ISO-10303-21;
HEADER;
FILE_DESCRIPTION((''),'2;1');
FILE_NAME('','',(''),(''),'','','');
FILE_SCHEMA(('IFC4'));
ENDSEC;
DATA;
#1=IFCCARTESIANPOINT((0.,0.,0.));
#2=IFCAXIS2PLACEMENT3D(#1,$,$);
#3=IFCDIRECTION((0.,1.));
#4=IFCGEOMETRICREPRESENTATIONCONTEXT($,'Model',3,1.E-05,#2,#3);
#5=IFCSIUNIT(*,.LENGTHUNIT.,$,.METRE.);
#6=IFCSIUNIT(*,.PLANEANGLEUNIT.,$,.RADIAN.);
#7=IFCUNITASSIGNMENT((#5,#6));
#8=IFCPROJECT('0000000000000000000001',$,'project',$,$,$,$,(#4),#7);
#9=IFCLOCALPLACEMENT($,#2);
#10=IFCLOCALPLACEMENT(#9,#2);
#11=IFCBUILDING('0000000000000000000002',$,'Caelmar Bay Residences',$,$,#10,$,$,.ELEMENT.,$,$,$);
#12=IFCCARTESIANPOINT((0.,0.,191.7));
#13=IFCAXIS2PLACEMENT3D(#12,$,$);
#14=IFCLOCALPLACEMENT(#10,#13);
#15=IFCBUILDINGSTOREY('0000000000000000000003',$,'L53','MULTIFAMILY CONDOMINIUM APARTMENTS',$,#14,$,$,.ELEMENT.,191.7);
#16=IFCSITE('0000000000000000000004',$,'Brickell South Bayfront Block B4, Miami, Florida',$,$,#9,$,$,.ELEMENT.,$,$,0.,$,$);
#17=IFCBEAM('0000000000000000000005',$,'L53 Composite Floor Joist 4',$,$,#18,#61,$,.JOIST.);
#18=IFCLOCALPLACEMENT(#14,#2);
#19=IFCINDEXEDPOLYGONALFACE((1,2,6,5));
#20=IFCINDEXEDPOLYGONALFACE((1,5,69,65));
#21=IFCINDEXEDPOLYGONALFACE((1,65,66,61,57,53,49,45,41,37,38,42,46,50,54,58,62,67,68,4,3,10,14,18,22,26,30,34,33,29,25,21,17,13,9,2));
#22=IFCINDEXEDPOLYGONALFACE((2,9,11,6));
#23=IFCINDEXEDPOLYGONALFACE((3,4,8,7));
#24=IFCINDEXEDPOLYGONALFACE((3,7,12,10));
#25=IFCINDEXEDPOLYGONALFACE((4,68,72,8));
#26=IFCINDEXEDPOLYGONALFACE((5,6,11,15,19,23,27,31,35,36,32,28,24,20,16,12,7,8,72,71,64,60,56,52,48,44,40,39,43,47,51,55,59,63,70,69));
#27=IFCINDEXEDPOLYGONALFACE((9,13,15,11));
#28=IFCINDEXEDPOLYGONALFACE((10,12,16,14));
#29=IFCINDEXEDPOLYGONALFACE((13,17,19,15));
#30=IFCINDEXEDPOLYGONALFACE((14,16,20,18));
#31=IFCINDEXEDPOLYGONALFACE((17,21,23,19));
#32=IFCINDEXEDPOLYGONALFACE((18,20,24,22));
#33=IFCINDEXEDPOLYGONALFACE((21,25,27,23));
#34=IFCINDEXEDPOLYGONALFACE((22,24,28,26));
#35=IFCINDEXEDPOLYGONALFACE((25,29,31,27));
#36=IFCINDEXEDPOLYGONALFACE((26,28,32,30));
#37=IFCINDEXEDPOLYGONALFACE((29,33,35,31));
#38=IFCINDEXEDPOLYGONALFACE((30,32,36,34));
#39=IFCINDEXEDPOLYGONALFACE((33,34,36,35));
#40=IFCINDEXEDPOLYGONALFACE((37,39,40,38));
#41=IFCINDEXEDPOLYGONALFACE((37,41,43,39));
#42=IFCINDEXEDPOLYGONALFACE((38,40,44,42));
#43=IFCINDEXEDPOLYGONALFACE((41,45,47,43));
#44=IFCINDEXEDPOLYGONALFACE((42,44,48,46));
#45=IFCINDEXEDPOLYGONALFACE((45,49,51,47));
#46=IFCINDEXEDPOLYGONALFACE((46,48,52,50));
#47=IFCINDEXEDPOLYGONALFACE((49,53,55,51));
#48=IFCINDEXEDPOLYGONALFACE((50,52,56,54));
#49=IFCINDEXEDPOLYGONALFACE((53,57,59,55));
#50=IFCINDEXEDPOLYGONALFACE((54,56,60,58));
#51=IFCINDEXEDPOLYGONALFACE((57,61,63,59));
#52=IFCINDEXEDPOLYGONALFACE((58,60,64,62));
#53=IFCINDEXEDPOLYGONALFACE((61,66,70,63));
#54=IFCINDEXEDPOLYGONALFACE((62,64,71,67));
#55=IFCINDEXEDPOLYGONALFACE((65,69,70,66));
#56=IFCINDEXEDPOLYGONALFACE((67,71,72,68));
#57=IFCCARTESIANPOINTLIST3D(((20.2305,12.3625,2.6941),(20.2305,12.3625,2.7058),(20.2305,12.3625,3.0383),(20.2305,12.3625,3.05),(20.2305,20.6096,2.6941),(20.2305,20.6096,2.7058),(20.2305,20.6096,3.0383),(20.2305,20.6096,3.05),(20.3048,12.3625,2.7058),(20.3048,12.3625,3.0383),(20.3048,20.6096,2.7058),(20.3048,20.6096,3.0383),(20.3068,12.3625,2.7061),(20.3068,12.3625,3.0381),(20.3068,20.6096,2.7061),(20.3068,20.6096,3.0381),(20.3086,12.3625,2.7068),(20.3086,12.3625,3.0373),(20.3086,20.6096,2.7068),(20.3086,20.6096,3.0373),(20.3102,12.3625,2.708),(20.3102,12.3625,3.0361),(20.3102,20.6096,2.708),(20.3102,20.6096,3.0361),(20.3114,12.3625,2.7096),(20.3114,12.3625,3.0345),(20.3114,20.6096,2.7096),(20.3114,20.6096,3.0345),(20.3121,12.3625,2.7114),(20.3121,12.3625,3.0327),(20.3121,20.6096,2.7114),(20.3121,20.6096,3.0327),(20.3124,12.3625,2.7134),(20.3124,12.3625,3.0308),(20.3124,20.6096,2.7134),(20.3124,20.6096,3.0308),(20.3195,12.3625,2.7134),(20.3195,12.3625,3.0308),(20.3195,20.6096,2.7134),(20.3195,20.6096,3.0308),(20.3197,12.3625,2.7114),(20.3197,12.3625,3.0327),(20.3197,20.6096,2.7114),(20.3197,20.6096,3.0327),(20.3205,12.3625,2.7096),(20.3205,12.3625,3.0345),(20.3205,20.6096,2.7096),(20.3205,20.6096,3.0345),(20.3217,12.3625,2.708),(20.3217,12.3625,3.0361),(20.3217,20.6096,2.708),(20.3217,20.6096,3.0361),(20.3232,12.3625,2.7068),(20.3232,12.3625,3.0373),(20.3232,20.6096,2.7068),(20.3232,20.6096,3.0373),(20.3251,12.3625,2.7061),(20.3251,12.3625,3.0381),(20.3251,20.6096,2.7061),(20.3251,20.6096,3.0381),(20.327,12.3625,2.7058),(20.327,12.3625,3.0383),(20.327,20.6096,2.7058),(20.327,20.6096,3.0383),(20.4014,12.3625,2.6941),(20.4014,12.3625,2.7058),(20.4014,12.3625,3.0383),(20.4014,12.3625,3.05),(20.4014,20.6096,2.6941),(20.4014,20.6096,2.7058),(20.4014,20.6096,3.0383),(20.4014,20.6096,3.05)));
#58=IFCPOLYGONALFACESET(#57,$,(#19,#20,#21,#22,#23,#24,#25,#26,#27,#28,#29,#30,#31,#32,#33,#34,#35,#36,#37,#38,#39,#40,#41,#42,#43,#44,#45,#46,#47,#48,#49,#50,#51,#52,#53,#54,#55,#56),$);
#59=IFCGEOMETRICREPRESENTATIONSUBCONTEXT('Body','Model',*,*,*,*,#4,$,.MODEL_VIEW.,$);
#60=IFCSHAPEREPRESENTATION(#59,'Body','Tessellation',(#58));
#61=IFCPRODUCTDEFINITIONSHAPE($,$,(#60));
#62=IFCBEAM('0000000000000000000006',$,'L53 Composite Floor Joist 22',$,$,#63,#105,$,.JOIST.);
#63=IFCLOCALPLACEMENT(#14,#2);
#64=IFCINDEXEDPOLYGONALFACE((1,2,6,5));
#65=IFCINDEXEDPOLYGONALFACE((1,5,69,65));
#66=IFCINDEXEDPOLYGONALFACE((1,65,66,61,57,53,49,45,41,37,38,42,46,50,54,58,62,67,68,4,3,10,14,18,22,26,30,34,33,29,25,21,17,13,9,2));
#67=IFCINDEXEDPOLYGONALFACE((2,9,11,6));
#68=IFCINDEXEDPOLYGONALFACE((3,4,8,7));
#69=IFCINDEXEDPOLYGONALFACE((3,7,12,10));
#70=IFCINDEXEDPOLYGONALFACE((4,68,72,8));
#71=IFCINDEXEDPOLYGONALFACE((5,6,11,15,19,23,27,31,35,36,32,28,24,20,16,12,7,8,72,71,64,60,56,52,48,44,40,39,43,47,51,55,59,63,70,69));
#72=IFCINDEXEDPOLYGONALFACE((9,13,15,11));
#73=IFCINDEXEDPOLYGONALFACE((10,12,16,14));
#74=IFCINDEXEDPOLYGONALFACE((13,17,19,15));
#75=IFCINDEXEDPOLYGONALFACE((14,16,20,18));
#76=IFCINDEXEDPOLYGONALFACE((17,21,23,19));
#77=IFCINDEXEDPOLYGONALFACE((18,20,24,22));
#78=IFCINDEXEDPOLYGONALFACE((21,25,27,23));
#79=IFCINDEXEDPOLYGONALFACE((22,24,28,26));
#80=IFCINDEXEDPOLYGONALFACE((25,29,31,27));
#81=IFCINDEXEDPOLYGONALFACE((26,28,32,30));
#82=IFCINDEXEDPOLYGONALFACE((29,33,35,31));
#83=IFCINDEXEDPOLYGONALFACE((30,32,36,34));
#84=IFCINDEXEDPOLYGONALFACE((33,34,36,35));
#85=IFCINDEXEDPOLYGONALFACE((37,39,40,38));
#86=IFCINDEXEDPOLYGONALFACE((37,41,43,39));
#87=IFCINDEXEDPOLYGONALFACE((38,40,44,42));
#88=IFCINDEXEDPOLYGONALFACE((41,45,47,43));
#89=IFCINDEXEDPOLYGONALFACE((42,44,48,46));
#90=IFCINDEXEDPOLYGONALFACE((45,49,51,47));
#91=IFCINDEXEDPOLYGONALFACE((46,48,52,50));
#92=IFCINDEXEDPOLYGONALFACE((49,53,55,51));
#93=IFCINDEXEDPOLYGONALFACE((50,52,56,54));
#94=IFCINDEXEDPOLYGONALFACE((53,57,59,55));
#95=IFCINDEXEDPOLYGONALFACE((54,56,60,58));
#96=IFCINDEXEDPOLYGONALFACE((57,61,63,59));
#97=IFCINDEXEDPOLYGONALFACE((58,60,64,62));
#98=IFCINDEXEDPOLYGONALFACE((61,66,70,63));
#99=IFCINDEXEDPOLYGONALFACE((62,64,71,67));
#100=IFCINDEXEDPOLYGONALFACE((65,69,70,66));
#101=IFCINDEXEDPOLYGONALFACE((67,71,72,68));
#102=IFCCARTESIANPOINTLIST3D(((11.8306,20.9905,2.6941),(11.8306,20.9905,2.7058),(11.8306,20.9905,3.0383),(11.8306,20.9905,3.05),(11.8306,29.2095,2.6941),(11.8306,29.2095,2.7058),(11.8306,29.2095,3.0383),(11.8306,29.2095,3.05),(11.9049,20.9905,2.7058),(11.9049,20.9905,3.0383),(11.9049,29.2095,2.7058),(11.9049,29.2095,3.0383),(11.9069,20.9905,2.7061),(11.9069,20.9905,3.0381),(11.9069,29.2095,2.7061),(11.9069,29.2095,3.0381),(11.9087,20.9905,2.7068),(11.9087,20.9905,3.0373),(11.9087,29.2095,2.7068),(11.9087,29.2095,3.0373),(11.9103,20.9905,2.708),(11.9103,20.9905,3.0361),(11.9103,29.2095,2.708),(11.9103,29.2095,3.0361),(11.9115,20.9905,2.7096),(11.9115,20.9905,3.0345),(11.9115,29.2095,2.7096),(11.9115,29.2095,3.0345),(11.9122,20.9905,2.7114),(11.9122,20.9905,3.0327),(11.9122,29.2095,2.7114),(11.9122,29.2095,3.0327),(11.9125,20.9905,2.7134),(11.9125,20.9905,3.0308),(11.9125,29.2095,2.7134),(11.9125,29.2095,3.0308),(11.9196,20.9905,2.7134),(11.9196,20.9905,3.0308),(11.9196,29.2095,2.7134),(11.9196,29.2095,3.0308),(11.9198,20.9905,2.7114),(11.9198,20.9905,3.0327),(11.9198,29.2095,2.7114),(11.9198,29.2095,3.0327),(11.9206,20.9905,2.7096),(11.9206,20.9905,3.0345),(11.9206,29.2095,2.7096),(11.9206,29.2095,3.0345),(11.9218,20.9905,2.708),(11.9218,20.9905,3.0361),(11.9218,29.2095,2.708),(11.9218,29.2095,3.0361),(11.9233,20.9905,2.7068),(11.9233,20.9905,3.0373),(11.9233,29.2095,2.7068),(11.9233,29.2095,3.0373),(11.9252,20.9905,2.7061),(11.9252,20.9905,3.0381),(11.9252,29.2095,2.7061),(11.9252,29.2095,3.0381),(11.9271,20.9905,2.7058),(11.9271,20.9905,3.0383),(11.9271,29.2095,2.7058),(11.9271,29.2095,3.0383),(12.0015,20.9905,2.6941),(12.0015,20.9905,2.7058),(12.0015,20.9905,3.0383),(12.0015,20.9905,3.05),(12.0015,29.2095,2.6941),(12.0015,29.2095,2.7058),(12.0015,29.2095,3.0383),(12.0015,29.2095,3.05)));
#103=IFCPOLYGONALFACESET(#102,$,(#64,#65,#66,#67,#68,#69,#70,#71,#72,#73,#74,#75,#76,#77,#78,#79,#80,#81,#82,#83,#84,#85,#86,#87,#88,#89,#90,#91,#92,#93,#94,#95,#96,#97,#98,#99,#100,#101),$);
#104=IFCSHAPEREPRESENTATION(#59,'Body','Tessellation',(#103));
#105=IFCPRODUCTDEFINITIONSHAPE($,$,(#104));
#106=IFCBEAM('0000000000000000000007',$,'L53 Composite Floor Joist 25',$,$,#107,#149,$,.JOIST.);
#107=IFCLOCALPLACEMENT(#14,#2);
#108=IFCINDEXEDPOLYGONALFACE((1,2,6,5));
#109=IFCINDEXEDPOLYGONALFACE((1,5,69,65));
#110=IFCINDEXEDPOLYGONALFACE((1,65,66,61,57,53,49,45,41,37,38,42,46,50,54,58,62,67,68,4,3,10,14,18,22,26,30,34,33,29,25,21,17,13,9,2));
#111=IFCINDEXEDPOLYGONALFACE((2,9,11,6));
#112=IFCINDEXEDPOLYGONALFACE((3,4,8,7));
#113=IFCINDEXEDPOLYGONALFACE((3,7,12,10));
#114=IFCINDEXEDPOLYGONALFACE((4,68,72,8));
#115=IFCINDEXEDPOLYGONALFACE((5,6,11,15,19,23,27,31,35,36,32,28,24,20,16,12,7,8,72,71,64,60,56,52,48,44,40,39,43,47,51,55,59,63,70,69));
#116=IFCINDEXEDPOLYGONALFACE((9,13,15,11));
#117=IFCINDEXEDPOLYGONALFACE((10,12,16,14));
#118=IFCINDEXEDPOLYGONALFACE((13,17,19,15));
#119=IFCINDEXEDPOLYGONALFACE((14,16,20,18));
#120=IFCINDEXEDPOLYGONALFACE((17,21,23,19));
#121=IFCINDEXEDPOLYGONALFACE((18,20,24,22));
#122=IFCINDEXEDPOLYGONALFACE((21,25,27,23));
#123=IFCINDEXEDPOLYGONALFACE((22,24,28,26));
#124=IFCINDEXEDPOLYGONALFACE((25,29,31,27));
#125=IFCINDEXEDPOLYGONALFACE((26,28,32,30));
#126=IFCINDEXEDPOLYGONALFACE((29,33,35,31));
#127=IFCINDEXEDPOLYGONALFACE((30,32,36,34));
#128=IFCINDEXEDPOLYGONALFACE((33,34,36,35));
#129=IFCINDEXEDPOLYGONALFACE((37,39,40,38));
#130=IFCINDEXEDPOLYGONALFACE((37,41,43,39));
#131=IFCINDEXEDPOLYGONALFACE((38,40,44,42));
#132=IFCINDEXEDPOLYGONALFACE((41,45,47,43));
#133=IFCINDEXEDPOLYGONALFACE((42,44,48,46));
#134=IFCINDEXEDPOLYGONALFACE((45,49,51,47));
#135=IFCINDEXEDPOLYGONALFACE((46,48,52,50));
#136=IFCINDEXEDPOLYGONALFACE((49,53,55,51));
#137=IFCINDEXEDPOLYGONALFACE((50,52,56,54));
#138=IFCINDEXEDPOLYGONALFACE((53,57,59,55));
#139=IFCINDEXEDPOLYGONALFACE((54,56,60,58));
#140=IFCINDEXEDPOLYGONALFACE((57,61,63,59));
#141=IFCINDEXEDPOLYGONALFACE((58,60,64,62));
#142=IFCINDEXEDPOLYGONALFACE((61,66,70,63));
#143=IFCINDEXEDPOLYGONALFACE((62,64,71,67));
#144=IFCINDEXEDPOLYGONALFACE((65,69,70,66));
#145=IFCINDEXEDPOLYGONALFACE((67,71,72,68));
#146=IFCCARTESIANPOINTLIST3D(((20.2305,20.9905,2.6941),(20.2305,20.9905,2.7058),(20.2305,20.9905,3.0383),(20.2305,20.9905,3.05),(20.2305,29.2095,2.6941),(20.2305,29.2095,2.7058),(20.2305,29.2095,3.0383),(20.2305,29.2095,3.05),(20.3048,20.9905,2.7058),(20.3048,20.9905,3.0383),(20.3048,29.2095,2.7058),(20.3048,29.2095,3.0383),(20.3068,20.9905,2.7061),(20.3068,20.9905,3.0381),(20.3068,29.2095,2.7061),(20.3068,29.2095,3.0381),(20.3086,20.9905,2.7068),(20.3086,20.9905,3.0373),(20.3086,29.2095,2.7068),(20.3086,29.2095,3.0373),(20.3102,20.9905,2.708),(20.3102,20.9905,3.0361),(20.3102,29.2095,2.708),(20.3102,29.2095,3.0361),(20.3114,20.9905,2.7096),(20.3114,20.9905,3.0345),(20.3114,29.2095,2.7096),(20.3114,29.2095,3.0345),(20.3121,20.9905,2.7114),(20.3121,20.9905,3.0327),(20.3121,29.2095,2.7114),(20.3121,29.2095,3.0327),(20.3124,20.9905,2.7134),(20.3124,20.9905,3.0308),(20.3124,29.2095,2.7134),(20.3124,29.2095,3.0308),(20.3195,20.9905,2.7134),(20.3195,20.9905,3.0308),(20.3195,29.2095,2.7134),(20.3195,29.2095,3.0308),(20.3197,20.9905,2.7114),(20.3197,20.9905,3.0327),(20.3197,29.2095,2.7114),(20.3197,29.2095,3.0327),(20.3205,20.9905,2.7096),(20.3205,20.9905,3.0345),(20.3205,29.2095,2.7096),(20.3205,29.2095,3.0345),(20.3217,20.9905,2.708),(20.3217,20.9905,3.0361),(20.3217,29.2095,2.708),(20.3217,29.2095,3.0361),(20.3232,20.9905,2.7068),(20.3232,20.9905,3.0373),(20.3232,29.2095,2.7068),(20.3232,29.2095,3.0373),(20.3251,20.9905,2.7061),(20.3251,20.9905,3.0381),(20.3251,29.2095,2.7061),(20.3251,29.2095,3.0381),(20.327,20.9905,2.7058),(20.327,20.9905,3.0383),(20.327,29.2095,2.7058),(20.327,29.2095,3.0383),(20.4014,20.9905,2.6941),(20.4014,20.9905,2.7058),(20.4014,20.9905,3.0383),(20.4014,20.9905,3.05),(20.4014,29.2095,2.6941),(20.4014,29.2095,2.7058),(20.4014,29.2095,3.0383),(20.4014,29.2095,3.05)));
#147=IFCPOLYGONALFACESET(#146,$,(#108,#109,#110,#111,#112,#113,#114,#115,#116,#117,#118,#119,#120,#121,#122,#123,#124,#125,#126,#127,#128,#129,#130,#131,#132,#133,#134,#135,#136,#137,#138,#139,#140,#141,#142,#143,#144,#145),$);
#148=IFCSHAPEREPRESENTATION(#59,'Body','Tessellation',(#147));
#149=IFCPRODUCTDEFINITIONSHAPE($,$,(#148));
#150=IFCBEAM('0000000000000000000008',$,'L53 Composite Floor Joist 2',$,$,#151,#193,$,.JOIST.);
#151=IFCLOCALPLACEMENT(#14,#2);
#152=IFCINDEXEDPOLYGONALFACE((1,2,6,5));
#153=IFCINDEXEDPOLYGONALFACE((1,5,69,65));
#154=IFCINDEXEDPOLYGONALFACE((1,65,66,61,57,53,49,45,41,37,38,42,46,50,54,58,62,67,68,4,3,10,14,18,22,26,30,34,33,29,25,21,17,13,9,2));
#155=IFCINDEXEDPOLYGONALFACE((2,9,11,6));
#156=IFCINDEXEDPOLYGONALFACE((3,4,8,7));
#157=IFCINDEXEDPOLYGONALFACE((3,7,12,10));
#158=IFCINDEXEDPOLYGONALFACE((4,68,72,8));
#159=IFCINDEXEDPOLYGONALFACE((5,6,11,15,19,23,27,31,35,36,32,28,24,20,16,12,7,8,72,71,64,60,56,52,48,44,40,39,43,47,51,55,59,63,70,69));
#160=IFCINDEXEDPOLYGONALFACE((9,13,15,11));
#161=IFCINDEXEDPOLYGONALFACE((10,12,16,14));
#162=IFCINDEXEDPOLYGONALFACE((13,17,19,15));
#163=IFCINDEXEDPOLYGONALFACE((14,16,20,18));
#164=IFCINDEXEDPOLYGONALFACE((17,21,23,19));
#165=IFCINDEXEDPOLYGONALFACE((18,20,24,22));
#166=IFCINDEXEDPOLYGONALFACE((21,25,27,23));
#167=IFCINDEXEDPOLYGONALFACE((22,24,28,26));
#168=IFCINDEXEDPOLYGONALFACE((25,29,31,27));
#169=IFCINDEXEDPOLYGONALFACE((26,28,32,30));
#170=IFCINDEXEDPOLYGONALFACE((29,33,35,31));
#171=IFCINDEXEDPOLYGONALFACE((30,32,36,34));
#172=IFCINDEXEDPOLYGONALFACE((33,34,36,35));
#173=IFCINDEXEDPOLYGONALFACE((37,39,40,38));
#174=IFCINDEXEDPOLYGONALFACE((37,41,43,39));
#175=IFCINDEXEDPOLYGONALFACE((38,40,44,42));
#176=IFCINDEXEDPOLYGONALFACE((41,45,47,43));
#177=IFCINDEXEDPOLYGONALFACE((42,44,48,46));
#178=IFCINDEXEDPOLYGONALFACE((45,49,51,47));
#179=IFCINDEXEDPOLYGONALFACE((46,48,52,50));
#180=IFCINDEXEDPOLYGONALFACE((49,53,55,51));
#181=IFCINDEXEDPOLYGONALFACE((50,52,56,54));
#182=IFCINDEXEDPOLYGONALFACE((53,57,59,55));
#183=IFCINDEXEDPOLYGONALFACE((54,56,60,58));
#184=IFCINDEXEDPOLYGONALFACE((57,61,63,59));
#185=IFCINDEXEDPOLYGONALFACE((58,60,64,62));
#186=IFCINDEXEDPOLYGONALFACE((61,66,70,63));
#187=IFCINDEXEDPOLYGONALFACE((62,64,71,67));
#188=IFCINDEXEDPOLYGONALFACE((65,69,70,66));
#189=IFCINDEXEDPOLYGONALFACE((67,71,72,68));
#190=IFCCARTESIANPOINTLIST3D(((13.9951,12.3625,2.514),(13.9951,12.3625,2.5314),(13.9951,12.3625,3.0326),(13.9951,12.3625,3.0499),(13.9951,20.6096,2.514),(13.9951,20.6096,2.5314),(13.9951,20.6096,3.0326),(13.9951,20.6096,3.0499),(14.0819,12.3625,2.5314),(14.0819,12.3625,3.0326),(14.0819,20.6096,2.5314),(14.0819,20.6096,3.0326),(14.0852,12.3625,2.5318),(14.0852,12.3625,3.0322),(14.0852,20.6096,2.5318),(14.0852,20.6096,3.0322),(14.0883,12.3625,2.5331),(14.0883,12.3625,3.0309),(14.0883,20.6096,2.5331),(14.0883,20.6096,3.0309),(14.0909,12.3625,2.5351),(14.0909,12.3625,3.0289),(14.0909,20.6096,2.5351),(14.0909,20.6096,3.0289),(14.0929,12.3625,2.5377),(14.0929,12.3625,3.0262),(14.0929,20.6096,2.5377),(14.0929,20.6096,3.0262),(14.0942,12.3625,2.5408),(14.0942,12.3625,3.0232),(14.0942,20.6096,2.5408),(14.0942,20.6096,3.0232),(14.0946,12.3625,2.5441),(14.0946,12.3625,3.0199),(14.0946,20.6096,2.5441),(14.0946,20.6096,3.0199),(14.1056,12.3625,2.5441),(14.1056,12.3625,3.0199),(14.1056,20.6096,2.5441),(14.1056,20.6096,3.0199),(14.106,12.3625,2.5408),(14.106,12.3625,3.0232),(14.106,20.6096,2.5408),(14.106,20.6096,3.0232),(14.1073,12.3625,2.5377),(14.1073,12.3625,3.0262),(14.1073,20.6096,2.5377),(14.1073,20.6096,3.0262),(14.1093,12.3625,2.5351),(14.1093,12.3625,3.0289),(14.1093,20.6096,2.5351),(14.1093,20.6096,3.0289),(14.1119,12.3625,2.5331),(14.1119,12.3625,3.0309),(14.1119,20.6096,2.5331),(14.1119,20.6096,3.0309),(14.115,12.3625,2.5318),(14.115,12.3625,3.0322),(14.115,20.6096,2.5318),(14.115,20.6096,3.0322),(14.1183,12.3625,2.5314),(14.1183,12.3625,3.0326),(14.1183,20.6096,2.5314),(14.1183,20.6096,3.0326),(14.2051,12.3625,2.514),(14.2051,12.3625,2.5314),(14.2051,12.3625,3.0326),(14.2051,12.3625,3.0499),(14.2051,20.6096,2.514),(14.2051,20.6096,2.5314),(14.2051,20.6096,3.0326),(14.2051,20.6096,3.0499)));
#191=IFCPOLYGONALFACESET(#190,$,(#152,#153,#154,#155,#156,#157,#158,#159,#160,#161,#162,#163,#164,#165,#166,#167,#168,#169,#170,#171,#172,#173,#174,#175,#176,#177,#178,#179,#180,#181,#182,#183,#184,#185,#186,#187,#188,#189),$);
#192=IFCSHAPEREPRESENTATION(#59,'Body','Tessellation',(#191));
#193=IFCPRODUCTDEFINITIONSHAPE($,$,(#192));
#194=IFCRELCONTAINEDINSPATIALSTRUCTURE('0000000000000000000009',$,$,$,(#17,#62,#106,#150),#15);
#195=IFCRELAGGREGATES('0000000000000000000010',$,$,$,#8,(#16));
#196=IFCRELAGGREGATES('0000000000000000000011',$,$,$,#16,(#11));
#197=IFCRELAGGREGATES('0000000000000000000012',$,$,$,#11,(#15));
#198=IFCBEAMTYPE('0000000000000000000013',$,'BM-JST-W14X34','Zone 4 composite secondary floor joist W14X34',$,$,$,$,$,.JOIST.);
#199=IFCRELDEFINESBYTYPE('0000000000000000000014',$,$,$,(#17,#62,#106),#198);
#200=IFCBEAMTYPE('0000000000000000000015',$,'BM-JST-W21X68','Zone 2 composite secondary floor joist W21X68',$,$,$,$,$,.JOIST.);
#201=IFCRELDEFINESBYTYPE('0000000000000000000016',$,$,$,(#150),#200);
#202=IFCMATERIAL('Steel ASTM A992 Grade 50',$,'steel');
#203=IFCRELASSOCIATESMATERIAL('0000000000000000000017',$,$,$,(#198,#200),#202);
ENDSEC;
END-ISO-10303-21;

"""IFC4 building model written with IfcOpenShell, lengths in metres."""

from ifc_helpers import new_model, si_unit, direction, frame, origin, origin_2d, place, context, subcontext, project, spatial, i_section, extrude, material, material_profile, profile_set, type_object, element, save


model = new_model("IFC4")

# Units and contexts
model_context = context("Model", 3, precision=1e-05, world=origin(), true_north=direction((0.0, 1.0)))
body_context = subcontext(model_context, "Body", "Model", "MODEL_VIEW")
ifc_project = project(units=[si_unit("LENGTHUNIT", "METRE"), si_unit("PLANEANGLEUNIT", "RADIAN")], contexts=[model_context])

# Site, building, storey
site_placement = place(None, origin())
site = spatial("IfcSite", under=ifc_project, at=site_placement, Name="Brickell South Bayfront Block B4, Miami, Florida", CompositionType="ELEMENT", RefElevation=0.0)
building_placement = place(site_placement, origin())
building = spatial("IfcBuilding", under=site, at=building_placement, Name="Caelmar Bay Residences", CompositionType="ELEMENT")
storey_placement = place(building_placement, frame((0.0, 0.0, 191.7)))
storey = spatial("IfcBuildingStorey", under=building, at=storey_placement, Name="L53", Description="MULTIFAMILY CONDOMINIUM APARTMENTS", CompositionType="ELEMENT", Elevation=191.7)

# Beams
ifc_material_1 = material(Name="Steel ASTM A992 Grade 50", Category="steel")
ifc_material_profile_1 = material_profile(ifc_material_1, i_section(OverallWidth=0.1709, OverallDepth=0.356, WebThickness=0.0071, FlangeThickness=0.0117, FilletRadius=0.0076, at=origin_2d()), Name="W14X34")
ifc_profile_set_1 = profile_set([ifc_material_profile_1], Name="Steel ASTM A992 Grade 50")
beam_type_1 = type_object("IfcBeamType", Name="BM-JST-W14X34", Description="Zone 4 composite secondary floor joist W14X34", PredefinedType="JOIST", material=ifc_profile_set_1)
for number, where, z_axis, x_axis, name in (
    (1, (20.3159, 12.3625, 2.8721), (0.0, 1.0, 0.0), (-1.0, 0.0, 0.0), "L53 Composite Floor Joist 4"),
):
    element("IfcBeam", number, at=place(storey_placement, frame(where, z_axis=z_axis, x_axis=x_axis)), inside=storey, type_object=beam_type_1, Name=name, PredefinedType="JOIST", context=body_context, shape_type="SweptSolid", body=[
        extrude(i_section(OverallWidth=0.1709, OverallDepth=0.356, WebThickness=0.0071, FlangeThickness=0.0117, FilletRadius=0.0076, at=origin_2d()), origin(), (0.0, 0.0, 1.0), 8.2471),
    ])
for number, where, z_axis, x_axis, name in (
    (2, (11.916, 20.9905, 2.8721), (0.0, 1.0, 0.0), (-1.0, 0.0, 0.0), "L53 Composite Floor Joist 22"),
    (3, (20.3159, 20.9905, 2.8721), (0.0, 1.0, 0.0), (-1.0, 0.0, 0.0), "L53 Composite Floor Joist 25"),
):
    element("IfcBeam", number, at=place(storey_placement, frame(where, z_axis=z_axis, x_axis=x_axis)), inside=storey, type_object=beam_type_1, Name=name, PredefinedType="JOIST", context=body_context, shape_type="SweptSolid", body=[
        extrude(i_section(OverallWidth=0.1709, OverallDepth=0.356, WebThickness=0.0071, FlangeThickness=0.0117, FilletRadius=0.0076, at=origin_2d()), origin(), (0.0, 0.0, 1.0), 8.219),
    ])
ifc_material_profile_2 = material_profile(ifc_material_1, i_section(OverallWidth=0.21, OverallDepth=0.5359, WebThickness=0.011, FlangeThickness=0.0173, FilletRadius=0.0127, at=origin_2d()), Name="W21X68")
ifc_profile_set_2 = profile_set([ifc_material_profile_2], Name="Steel ASTM A992 Grade 50")
beam_type_2 = type_object("IfcBeamType", Name="BM-JST-W21X68", Description="Zone 2 composite secondary floor joist W21X68", PredefinedType="JOIST", material=ifc_profile_set_2)
for number, where, z_axis, x_axis, name in (
    (4, (14.1001, 12.3625, 2.782), (0.0, 1.0, 0.0), (-1.0, 0.0, 0.0), "L53 Composite Floor Joist 2"),
):
    element("IfcBeam", number, at=place(storey_placement, frame(where, z_axis=z_axis, x_axis=x_axis)), inside=storey, type_object=beam_type_2, Name=name, PredefinedType="JOIST", context=body_context, shape_type="SweptSolid", body=[
        extrude(i_section(OverallWidth=0.21, OverallDepth=0.5359, WebThickness=0.011, FlangeThickness=0.0173, FilletRadius=0.0127, at=origin_2d()), origin(), (0.0, 0.0, 1.0), 8.2471),
    ])

save(model, "model.ifc")
